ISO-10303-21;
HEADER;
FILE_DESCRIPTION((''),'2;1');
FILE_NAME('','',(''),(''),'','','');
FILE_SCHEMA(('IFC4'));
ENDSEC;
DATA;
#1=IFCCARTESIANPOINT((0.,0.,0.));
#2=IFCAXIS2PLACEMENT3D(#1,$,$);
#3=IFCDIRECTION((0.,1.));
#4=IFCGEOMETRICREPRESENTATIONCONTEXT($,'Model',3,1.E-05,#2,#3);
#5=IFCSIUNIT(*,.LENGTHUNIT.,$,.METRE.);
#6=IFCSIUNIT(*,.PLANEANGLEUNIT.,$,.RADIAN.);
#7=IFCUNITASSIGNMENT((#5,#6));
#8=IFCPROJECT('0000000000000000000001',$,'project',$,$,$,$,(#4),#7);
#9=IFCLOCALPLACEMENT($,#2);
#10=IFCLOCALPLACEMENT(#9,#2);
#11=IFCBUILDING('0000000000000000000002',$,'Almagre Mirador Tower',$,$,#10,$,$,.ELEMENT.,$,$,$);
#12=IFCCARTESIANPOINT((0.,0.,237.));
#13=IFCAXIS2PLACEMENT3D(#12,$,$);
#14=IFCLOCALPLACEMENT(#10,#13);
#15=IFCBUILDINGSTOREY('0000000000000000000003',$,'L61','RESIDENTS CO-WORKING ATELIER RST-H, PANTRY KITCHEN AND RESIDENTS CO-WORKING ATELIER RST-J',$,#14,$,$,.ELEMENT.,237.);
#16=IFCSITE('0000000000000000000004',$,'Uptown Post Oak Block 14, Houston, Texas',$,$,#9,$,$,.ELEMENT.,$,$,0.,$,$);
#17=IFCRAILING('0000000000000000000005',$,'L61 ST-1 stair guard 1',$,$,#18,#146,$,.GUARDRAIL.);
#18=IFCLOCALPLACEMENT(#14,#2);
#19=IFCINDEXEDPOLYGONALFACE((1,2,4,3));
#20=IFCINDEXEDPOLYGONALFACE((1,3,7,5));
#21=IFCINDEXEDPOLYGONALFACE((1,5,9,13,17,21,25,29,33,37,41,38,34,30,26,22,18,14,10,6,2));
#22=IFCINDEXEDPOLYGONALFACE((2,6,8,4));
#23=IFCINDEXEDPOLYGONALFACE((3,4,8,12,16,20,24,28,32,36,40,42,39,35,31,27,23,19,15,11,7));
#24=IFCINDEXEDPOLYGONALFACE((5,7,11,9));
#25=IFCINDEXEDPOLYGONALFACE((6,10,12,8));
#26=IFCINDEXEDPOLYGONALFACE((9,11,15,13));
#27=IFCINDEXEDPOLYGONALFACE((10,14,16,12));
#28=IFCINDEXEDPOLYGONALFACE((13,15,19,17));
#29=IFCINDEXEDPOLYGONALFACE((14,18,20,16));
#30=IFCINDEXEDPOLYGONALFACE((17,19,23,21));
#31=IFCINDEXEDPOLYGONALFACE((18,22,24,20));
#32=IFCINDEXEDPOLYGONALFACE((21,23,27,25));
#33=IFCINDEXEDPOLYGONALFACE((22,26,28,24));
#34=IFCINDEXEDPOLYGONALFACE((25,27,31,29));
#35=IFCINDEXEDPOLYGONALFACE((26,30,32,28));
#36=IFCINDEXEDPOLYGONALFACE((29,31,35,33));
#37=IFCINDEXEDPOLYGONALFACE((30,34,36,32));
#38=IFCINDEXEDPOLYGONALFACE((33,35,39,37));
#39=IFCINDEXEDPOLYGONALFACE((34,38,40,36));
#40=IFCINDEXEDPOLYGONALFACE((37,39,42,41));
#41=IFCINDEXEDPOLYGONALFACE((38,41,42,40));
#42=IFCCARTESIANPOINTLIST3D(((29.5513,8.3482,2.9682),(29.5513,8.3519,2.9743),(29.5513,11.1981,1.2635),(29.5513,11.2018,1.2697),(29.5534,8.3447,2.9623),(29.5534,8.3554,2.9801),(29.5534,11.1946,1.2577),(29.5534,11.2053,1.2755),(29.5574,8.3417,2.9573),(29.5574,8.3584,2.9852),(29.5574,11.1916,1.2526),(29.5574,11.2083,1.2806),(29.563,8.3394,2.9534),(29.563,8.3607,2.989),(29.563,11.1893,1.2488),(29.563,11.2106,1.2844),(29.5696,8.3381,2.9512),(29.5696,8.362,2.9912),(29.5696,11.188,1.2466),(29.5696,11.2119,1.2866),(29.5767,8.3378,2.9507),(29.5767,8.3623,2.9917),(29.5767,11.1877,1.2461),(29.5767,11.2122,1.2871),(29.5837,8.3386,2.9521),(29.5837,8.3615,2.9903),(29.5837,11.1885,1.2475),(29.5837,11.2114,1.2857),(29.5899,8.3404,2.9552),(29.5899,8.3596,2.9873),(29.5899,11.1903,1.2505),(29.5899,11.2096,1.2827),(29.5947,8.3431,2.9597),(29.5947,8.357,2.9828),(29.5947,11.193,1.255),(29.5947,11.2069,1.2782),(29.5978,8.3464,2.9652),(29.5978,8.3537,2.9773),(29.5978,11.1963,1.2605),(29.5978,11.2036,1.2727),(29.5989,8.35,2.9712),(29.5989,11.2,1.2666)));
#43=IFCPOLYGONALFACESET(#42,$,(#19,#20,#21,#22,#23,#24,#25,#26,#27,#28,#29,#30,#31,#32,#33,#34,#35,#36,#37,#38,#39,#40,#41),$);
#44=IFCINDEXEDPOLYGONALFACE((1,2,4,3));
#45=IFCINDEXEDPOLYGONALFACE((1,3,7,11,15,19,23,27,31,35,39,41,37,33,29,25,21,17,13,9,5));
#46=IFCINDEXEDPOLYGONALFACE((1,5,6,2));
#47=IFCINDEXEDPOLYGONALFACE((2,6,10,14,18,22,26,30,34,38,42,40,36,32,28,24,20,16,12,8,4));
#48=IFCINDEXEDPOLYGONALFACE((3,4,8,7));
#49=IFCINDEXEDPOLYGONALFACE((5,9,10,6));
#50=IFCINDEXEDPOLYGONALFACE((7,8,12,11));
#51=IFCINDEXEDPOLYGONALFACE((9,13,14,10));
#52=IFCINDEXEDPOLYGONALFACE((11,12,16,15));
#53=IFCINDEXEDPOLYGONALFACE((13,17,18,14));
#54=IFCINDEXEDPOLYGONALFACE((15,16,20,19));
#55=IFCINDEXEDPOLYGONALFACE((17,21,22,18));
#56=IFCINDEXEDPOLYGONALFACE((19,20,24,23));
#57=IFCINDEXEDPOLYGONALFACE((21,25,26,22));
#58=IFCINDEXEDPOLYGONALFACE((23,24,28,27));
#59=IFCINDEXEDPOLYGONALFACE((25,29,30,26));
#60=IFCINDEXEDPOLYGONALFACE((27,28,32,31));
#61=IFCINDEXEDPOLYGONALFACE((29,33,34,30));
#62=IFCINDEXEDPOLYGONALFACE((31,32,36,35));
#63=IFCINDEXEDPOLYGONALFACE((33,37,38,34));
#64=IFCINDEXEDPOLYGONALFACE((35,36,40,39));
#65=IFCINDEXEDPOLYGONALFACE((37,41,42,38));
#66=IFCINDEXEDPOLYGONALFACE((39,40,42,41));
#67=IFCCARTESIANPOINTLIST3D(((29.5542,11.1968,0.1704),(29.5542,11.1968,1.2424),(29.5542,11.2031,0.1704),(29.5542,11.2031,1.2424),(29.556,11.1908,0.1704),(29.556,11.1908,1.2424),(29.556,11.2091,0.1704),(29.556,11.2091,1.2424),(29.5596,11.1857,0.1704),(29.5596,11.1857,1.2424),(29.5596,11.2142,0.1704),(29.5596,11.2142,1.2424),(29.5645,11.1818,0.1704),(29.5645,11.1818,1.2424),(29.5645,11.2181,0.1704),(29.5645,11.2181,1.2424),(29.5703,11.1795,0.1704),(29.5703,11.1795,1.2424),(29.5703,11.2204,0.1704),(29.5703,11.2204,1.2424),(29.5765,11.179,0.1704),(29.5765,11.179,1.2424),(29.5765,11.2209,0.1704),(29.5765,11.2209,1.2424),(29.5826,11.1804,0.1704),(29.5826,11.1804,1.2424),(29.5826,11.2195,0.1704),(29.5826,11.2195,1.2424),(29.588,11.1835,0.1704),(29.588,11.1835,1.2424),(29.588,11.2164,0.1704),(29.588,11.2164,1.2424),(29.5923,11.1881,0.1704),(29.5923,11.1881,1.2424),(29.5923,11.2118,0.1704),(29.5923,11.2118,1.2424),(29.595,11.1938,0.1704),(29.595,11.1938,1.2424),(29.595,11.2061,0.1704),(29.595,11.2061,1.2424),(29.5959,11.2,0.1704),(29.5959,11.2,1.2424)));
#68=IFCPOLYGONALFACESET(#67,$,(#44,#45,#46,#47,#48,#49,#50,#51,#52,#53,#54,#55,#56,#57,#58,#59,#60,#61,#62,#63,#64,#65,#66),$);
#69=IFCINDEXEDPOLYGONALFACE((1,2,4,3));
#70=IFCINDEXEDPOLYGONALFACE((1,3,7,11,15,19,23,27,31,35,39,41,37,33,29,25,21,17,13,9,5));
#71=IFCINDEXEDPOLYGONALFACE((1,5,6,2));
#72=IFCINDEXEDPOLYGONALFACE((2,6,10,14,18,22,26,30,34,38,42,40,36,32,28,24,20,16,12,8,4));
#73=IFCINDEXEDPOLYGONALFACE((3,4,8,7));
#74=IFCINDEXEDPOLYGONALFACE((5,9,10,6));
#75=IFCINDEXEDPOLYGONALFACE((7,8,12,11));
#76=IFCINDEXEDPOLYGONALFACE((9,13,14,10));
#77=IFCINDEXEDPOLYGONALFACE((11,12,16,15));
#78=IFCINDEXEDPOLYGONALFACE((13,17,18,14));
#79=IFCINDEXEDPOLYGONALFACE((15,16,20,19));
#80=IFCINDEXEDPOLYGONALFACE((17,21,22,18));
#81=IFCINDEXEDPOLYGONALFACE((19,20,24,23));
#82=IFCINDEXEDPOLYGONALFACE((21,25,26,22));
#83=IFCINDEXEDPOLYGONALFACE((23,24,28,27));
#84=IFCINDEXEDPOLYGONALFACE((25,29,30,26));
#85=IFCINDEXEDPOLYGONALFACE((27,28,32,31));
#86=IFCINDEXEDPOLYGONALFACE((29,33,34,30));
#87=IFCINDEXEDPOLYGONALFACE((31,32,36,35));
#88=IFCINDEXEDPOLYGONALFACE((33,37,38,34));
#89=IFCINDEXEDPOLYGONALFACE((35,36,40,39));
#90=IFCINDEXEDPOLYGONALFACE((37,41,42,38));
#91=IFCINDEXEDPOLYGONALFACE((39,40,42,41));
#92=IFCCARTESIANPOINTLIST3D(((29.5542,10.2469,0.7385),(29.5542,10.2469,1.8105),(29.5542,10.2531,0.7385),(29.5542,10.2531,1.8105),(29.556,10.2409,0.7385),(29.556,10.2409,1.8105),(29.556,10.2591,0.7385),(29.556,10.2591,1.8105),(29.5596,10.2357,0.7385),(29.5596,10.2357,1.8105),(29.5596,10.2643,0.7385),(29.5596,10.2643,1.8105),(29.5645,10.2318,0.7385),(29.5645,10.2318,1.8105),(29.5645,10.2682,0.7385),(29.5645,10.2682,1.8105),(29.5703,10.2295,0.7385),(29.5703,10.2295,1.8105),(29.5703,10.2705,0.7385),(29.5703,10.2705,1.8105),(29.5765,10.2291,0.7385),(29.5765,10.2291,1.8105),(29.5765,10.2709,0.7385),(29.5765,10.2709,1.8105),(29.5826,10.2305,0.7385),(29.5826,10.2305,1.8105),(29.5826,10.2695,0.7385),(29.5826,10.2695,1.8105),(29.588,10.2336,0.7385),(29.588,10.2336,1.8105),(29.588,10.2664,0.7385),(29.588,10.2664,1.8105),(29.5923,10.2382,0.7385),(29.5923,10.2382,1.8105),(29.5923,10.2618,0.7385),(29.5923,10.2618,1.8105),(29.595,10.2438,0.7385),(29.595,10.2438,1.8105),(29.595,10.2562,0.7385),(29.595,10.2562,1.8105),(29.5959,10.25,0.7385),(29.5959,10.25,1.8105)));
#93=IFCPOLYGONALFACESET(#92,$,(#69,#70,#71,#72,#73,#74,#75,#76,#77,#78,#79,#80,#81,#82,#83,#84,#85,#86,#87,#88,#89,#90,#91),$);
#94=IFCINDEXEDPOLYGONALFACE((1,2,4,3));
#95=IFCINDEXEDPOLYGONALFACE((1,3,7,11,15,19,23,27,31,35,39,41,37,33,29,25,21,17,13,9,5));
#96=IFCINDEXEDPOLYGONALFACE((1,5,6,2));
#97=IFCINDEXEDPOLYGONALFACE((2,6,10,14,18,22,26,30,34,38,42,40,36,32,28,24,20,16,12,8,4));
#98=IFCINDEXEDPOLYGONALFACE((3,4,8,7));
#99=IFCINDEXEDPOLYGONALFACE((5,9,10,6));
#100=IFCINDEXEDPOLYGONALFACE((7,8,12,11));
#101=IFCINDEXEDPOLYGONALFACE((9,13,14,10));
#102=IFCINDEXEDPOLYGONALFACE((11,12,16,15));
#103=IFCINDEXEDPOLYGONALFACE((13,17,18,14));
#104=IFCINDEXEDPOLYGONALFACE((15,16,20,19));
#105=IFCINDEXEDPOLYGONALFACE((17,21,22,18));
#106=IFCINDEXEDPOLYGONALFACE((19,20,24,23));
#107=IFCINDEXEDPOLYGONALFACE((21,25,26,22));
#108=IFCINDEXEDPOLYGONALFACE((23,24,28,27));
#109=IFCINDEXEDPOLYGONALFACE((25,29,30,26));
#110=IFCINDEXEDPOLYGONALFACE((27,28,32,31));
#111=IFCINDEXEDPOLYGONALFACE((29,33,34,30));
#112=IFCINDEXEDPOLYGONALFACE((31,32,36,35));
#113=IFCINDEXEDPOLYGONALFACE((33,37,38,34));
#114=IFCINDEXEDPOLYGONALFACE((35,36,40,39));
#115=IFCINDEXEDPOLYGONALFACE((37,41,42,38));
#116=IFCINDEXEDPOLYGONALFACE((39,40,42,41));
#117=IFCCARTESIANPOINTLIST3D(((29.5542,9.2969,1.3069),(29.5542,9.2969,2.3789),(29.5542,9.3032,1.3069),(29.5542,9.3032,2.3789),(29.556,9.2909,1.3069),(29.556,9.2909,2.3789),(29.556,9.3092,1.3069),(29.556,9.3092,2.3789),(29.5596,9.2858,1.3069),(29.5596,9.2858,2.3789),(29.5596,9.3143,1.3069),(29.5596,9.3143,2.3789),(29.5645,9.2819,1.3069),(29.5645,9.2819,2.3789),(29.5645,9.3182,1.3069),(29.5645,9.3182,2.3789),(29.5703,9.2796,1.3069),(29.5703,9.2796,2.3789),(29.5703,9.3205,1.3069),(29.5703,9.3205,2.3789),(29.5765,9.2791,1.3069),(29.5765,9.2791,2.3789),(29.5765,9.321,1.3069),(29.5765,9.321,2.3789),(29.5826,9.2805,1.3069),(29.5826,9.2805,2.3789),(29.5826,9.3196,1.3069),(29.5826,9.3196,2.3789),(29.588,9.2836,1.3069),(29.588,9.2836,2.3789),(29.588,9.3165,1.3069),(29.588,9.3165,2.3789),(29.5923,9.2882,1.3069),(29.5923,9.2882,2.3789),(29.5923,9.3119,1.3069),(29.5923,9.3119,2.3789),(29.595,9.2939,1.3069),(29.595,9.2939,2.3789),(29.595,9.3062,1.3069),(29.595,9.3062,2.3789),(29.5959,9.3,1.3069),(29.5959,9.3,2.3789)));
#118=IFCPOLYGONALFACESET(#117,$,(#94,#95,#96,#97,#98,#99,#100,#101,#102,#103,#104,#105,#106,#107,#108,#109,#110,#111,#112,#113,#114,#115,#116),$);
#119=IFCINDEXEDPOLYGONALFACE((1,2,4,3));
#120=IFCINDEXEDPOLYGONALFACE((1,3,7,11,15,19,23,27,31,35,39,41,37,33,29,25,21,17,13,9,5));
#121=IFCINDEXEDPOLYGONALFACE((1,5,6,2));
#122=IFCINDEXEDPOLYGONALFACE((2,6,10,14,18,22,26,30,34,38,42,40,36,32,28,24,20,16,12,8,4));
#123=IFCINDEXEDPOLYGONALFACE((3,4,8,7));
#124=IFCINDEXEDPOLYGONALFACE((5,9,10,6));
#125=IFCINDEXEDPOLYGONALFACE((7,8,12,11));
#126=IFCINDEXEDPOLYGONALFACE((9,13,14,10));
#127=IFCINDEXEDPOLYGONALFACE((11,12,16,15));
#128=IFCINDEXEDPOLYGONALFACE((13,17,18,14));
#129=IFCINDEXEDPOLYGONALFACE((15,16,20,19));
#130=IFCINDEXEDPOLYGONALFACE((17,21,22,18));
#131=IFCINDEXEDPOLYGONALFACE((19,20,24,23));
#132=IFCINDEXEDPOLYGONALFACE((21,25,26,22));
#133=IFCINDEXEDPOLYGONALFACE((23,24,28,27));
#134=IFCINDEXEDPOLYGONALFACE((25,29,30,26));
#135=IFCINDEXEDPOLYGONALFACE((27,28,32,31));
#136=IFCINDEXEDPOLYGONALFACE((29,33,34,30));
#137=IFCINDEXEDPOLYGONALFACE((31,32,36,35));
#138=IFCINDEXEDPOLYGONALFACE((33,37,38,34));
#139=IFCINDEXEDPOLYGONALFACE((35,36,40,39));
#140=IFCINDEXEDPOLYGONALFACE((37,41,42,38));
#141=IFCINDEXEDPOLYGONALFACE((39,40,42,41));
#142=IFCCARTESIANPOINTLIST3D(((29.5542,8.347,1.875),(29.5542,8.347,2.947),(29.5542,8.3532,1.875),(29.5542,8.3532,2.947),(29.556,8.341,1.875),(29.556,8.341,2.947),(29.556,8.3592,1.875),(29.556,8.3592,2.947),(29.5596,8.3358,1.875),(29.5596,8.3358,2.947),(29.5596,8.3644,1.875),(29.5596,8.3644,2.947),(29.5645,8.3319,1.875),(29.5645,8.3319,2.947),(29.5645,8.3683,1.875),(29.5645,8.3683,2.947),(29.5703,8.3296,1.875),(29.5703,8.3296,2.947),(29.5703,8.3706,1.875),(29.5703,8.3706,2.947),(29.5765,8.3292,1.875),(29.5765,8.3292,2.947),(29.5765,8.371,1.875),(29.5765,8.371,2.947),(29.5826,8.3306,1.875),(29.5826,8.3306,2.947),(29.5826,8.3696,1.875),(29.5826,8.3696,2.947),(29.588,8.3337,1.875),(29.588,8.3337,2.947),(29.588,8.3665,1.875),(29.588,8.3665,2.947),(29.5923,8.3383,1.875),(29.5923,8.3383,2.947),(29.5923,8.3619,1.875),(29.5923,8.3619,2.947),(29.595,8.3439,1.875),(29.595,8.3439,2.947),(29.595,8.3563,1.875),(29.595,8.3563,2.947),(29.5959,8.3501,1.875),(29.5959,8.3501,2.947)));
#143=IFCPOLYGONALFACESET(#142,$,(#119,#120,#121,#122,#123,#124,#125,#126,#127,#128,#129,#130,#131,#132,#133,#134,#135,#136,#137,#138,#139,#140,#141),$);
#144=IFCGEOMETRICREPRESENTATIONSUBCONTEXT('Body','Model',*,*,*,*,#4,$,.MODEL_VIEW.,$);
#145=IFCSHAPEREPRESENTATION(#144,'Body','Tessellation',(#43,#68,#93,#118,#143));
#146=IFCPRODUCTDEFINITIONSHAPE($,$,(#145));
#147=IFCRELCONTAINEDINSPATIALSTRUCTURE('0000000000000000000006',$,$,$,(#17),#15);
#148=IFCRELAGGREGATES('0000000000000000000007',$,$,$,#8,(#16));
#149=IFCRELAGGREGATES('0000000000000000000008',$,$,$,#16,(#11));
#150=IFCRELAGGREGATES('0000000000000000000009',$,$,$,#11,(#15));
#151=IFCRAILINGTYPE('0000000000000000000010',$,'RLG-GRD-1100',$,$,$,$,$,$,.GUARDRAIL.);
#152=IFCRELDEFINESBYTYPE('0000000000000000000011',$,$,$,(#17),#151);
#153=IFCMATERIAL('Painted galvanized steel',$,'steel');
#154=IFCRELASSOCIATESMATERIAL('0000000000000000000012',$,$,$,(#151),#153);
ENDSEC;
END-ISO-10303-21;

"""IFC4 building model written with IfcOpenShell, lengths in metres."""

from ifc_helpers import new_model, si_unit, direction, frame, origin, origin_2d, place, context, subcontext, project, spatial, circle, extrude, material, type_object, element, save


model = new_model("IFC4")

# Units and contexts
model_context = context("Model", 3, precision=1e-05, world=origin(), true_north=direction((0.0, 1.0)))
body_context = subcontext(model_context, "Body", "Model", "MODEL_VIEW")
ifc_project = project(units=[si_unit("LENGTHUNIT", "METRE"), si_unit("PLANEANGLEUNIT", "RADIAN")], contexts=[model_context])

# Site, building, storey
site_placement = place(None, origin())
site = spatial("IfcSite", under=ifc_project, at=site_placement, Name="Uptown Post Oak Block 14, Houston, Texas", CompositionType="ELEMENT", RefElevation=0.0)
building_placement = place(site_placement, origin())
building = spatial("IfcBuilding", under=site, at=building_placement, Name="Almagre Mirador Tower", CompositionType="ELEMENT")
storey_placement = place(building_placement, frame((0.0, 0.0, 237.0)))
storey = spatial("IfcBuildingStorey", under=building, at=storey_placement, Name="L61", Description="RESIDENTS CO-WORKING ATELIER RST-H, PANTRY KITCHEN AND RESIDENTS CO-WORKING ATELIER RST-J", CompositionType="ELEMENT", Elevation=237.0)

# Railing
ifc_material_1 = material(Name="Painted galvanized steel", Category="steel")
railing_type_1 = type_object("IfcRailingType", Name="RLG-GRD-1100", PredefinedType="GUARDRAIL", material=ifc_material_1)
railing_1_placement = place(storey_placement, frame((29.575, 11.2, 0.1704)))
element("IfcRailing", 1, at=railing_1_placement, inside=storey, type_object=railing_type_1, Name="L61 ST-1 stair guard 1", PredefinedType="GUARDRAIL", context=body_context, shape_type="SweptSolid", body=[
    extrude(circle(Radius=0.0239, at=origin_2d()), frame((0.0, 0.0, 1.0962), z_axis=(0.0, -0.858199, 0.513317), x_axis=(1.0, 0.0, 0.0)), (0.0, 0.0, 1.0), 3.3208),
    extrude(circle(Radius=0.021, at=origin_2d()), origin(), (0.0, 0.0, 1.0), 1.072),
    extrude(circle(Radius=0.021, at=origin_2d()), frame((0.0, -0.95, 0.5681)), (0.0, 0.0, 1.0), 1.072),
    extrude(circle(Radius=0.021, at=origin_2d()), frame((0.0, -1.8999, 1.1365)), (0.0, 0.0, 1.0), 1.072),
    extrude(circle(Radius=0.021, at=origin_2d()), frame((0.0, -2.8499, 1.7046)), (0.0, 0.0, 1.0), 1.072),
])

save(model, "model.ifc")
